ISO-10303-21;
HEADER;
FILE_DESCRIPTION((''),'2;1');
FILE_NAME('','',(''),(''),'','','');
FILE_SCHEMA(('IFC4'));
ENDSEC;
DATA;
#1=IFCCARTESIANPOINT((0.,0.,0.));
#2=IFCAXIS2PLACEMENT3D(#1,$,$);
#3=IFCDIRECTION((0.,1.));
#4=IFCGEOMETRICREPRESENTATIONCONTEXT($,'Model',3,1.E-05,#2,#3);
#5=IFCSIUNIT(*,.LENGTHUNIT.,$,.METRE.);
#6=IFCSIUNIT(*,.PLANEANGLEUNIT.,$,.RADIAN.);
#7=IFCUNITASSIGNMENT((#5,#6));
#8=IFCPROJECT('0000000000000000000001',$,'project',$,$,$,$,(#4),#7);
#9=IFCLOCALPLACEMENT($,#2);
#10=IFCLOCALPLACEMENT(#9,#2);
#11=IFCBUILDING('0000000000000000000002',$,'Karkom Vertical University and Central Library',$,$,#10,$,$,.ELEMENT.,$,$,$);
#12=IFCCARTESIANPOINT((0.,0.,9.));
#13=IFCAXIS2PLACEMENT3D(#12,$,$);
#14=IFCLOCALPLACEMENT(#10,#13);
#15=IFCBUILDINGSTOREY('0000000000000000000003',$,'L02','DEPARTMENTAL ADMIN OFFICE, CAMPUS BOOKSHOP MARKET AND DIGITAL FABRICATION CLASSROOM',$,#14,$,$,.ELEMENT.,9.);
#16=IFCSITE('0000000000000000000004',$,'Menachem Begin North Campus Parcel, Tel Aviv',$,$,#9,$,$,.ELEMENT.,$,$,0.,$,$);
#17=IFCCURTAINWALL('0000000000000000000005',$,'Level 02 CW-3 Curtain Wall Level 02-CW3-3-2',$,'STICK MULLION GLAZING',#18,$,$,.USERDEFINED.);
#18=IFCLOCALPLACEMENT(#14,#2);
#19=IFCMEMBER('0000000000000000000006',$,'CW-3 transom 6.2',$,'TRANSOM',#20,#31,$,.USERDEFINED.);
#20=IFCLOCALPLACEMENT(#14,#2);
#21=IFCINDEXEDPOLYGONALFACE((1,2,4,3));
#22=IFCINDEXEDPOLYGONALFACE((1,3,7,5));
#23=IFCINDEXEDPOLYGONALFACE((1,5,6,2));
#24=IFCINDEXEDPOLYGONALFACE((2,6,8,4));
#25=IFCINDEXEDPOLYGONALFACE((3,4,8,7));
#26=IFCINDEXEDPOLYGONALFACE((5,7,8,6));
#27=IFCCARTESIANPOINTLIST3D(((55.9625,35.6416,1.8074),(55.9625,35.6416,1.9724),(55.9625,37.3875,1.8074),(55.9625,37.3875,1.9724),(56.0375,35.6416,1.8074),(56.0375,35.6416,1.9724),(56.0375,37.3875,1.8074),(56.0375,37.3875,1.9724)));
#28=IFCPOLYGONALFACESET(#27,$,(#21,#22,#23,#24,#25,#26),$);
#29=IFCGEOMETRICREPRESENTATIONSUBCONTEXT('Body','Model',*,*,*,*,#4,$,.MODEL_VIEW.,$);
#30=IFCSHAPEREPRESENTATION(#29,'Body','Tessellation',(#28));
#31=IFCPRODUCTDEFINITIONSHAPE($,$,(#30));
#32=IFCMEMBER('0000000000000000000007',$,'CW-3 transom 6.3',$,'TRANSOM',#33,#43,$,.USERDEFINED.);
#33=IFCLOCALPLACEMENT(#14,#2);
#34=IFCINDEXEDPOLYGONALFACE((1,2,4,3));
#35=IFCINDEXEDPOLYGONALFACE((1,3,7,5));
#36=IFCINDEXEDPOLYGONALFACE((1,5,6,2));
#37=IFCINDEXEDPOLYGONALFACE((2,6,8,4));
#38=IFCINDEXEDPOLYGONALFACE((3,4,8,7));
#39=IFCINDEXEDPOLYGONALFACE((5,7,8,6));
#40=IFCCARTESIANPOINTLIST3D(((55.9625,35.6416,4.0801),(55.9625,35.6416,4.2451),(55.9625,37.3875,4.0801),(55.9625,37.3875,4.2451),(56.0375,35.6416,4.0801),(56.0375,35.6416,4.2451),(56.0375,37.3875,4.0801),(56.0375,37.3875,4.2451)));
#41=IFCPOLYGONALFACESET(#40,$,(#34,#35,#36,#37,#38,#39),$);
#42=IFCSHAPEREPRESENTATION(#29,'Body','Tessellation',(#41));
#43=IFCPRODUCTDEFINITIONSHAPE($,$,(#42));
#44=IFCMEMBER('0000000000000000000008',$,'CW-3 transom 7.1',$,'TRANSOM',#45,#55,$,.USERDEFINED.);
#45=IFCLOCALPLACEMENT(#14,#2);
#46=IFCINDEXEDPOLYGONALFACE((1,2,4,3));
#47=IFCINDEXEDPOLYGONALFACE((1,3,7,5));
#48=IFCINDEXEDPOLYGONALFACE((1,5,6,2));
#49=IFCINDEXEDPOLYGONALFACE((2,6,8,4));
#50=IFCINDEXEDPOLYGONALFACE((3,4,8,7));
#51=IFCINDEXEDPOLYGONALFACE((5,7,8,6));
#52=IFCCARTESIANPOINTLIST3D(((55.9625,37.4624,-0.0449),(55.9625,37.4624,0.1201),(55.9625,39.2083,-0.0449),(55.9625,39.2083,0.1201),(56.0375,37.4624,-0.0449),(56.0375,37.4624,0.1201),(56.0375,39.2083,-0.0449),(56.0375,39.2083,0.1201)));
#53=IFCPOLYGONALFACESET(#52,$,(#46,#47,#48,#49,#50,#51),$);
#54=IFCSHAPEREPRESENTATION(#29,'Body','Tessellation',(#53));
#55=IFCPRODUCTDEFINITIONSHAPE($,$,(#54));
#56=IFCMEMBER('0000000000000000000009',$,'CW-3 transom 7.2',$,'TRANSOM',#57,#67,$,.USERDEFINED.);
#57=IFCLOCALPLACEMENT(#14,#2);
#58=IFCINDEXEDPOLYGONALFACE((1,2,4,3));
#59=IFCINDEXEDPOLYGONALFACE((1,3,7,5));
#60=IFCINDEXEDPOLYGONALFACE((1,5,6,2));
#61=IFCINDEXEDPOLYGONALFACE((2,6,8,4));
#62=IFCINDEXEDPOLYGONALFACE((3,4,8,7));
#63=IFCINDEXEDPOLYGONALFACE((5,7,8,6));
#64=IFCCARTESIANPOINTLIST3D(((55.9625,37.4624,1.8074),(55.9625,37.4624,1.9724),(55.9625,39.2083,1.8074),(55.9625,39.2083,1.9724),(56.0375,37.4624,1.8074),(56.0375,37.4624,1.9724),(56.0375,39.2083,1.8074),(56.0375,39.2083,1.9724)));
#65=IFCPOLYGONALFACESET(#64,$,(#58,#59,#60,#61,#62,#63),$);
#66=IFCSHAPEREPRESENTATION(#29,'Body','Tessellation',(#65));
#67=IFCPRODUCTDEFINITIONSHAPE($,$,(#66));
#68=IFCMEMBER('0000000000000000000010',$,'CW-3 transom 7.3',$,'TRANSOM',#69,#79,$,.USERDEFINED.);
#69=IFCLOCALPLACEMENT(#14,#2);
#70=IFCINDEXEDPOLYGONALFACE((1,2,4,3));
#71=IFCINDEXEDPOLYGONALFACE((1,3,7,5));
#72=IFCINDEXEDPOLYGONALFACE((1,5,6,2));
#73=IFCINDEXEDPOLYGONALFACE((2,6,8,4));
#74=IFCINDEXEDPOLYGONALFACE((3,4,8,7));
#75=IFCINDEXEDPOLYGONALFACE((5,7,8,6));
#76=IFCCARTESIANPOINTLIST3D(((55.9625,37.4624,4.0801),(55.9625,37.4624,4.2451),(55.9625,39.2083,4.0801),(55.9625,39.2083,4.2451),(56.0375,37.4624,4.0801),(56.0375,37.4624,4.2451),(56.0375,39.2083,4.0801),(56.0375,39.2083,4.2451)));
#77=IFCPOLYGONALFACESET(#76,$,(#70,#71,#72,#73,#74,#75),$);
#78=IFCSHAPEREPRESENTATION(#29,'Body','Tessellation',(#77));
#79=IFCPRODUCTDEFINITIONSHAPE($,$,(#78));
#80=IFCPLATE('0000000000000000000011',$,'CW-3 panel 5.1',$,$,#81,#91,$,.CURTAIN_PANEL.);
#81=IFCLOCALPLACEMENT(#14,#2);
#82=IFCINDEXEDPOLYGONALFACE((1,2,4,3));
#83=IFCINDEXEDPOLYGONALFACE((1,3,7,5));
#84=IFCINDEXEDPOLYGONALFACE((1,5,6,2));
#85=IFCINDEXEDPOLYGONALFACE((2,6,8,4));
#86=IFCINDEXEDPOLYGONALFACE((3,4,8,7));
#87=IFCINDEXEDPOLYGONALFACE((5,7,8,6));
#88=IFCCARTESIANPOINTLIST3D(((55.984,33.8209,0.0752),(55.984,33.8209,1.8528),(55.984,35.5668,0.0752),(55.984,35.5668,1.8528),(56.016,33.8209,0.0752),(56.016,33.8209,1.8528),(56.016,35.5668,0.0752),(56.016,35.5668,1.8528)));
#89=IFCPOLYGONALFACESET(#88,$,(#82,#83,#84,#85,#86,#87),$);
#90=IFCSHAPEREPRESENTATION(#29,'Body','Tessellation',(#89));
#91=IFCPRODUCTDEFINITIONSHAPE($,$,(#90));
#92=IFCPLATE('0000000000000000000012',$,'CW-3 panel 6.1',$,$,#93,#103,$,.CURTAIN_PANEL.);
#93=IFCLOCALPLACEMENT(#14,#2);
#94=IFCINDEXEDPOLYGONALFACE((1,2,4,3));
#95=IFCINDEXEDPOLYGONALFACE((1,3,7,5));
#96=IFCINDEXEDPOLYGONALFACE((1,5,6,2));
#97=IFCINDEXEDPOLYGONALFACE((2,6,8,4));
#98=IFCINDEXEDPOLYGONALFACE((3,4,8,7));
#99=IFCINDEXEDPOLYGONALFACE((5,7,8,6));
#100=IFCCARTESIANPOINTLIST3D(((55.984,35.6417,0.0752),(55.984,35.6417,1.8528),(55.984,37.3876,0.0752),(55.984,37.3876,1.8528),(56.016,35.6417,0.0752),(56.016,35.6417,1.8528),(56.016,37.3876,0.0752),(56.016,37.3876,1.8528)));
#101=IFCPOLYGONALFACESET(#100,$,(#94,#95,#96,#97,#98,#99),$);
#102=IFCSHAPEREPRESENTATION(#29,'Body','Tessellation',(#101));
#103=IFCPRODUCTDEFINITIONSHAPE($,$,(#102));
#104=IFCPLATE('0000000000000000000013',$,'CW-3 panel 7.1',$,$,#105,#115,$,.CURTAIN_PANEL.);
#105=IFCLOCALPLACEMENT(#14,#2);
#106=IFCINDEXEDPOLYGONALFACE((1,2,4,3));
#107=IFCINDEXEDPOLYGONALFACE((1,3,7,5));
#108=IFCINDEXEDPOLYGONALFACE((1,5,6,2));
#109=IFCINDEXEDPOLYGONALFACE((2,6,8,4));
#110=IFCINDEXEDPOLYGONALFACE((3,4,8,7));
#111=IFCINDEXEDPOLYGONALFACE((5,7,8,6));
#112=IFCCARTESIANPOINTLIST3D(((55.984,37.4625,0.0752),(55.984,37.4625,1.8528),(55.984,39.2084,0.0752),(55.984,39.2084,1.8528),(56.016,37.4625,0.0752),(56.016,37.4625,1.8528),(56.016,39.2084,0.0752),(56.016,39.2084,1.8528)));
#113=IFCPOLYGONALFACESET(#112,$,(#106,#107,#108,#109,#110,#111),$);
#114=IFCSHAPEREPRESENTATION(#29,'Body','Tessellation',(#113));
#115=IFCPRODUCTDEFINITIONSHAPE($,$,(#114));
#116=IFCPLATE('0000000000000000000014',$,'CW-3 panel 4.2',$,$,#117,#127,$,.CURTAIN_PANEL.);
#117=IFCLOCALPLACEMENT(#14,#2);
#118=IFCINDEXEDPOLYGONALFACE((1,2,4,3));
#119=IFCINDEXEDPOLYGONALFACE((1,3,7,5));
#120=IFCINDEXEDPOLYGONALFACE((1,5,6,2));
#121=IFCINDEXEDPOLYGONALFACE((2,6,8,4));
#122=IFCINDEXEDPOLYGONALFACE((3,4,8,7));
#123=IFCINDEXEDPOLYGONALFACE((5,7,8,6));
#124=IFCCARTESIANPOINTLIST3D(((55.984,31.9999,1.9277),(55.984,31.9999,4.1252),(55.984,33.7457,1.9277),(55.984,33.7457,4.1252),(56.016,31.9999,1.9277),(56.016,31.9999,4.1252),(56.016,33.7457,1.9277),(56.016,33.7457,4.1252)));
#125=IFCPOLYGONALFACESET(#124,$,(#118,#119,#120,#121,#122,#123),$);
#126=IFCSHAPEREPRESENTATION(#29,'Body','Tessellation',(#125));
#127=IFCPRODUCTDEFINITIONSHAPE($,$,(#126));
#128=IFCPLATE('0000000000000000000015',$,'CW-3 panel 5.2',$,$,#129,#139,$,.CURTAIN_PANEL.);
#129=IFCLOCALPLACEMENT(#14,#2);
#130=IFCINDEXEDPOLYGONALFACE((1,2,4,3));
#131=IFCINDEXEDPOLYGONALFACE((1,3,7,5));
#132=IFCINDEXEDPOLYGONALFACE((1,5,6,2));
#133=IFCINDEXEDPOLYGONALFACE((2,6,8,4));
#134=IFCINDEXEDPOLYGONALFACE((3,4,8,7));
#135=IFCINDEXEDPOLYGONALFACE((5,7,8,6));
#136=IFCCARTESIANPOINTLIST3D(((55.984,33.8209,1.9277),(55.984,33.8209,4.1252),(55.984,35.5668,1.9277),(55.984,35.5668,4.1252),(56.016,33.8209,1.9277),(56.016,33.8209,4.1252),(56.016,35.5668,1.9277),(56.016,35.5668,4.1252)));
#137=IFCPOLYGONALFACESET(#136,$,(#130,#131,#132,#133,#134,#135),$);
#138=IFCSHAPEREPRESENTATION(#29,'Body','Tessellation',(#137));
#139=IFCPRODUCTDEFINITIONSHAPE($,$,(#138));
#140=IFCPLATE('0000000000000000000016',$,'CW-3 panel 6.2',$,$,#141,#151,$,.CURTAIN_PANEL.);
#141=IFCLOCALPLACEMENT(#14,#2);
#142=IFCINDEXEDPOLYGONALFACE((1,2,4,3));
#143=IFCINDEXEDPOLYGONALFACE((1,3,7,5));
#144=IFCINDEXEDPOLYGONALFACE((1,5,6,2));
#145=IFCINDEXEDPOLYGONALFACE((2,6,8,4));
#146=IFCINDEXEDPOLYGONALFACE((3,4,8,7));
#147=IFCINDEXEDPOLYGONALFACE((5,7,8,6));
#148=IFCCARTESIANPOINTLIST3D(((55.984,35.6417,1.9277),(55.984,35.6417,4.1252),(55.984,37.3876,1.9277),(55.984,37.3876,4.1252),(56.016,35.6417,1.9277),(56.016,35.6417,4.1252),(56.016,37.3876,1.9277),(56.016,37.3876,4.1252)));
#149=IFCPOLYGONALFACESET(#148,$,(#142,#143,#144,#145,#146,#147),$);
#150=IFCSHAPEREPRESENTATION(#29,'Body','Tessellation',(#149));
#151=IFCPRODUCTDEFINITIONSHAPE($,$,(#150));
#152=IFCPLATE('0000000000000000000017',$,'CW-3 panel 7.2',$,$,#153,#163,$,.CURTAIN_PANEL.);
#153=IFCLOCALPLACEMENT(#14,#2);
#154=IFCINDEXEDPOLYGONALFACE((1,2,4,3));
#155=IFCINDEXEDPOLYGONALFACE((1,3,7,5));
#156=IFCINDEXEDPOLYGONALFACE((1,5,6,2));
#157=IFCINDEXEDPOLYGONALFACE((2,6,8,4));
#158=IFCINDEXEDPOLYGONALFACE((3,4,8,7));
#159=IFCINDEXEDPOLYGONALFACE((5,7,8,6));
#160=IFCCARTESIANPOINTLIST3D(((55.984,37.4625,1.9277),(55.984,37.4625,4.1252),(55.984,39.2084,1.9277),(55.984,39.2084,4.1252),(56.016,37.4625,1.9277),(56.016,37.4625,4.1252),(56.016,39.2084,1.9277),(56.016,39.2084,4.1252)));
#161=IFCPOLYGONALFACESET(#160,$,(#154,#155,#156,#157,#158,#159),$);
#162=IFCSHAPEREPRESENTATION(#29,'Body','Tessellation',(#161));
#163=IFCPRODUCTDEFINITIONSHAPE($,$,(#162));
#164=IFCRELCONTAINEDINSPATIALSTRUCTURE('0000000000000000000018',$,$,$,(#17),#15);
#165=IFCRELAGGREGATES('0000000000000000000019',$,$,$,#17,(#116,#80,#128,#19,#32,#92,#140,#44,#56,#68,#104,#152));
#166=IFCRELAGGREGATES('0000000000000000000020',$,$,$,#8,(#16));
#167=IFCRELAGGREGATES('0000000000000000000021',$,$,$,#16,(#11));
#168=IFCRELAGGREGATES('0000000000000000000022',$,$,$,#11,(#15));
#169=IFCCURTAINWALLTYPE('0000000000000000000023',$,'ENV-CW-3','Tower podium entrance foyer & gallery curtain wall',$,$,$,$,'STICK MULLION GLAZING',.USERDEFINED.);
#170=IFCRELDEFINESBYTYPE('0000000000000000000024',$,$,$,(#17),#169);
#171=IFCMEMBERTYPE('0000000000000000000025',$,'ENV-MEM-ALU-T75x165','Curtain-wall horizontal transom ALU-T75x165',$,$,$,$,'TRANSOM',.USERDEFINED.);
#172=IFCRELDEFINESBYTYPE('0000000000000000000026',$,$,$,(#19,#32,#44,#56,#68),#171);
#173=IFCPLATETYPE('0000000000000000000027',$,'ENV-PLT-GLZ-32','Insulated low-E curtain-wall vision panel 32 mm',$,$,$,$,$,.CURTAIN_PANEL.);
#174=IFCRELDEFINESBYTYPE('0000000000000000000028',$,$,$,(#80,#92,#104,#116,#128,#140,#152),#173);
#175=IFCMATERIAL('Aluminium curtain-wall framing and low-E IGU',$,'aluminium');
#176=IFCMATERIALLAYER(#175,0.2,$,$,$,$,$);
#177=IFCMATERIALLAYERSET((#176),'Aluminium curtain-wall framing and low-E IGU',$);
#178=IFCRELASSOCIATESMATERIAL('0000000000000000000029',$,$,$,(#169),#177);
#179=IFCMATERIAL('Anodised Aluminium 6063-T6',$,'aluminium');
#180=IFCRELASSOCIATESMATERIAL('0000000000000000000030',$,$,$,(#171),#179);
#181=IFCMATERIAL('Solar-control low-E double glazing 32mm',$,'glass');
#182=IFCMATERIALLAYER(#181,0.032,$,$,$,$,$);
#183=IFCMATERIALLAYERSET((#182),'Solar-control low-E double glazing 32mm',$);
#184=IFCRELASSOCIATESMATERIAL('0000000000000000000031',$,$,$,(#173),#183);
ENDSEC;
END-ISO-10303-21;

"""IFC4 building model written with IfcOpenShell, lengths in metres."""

from ifc_helpers import new_model, si_unit, direction, frame, origin, origin_with_axes, origin_2d, place, context, subcontext, project, spatial, rectangle, extrude, source, transform, mapped, material, layer, layer_set, material_profile, profile_set, type_object, element, aggregate, save


model = new_model("IFC4")

# Units and contexts
model_context = context("Model", 3, precision=1e-05, world=origin(), true_north=direction((0.0, 1.0)))
body_context = subcontext(model_context, "Body", "Model", "MODEL_VIEW")
ifc_project = project(units=[si_unit("LENGTHUNIT", "METRE"), si_unit("PLANEANGLEUNIT", "RADIAN")], contexts=[model_context])

# Site, building, storey
site_placement = place(None, origin())
site = spatial("IfcSite", under=ifc_project, at=site_placement, Name="Menachem Begin North Campus Parcel, Tel Aviv", CompositionType="ELEMENT", RefElevation=0.0)
building_placement = place(site_placement, origin())
building = spatial("IfcBuilding", under=site, at=building_placement, Name="Karkom Vertical University and Central Library", CompositionType="ELEMENT")
storey_placement = place(building_placement, frame((0.0, 0.0, 9.0)))
storey = spatial("IfcBuildingStorey", under=building, at=storey_placement, Name="L02", Description="DEPARTMENTAL ADMIN OFFICE, CAMPUS BOOKSHOP MARKET AND DIGITAL FABRICATION CLASSROOM", CompositionType="ELEMENT", Elevation=9.0)

# Curtain wall
ifc_material_1 = material(Name="Aluminium curtain-wall framing and low-E IGU", Category="aluminium")
ifc_layer_1 = layer(ifc_material_1, 0.2)
ifc_layer_set_1 = layer_set([ifc_layer_1], Name="Aluminium curtain-wall framing and low-E IGU")
curtain_wall_type_1 = type_object("IfcCurtainWallType", Name="ENV-CW-3", Description="Tower podium entrance foyer & gallery curtain wall", ElementType="STICK MULLION GLAZING", PredefinedType="USERDEFINED", material=ifc_layer_set_1)
curtain_wall_1_placement = place(storey_placement, origin())
curtain_wall_1 = element("IfcCurtainWall", 1, at=curtain_wall_1_placement, inside=storey, type_object=curtain_wall_type_1, Name="Level 02 CW-3 Curtain Wall Level 02-CW3-3-2", ObjectType="STICK MULLION GLAZING", PredefinedType="USERDEFINED")
ifc_material_2 = material(Name="Anodised Aluminium 6063-T6", Category="aluminium")

# Members
ifc_material_profile_1 = material_profile(ifc_material_2, rectangle(XDim=0.075, YDim=0.165, at=origin_2d()), Name="ALU-T75x165")
ifc_profile_set_1 = profile_set([ifc_material_profile_1], Name="Anodised Aluminium 6063-T6")
member_type_1 = type_object("IfcMemberType", Name="ENV-MEM-ALU-T75x165", Description="Curtain-wall horizontal transom ALU-T75x165", ElementType="TRANSOM", PredefinedType="USERDEFINED", material=ifc_profile_set_1)
shared_shape_1 = source(origin_with_axes(), body_context, "Body", "SweptSolid", [
    extrude(rectangle(XDim=0.075, YDim=0.165, at=origin_2d()), origin(), (0.0, 0.0, 1.0), 1.7458),
])
member_1_placement = place(storey_placement, frame((56.0, 35.6416, 1.8899), z_axis=(0.0, 1.0, 0.0), x_axis=(-1.0, 0.0, 0.0)))
member_1 = element("IfcMember", 2, at=member_1_placement, type_object=member_type_1, Name="CW-3 transom 6.2", ObjectType="TRANSOM", PredefinedType="USERDEFINED", context=body_context, shape_type="MappedRepresentation", body=[
    mapped(shared_shape_1, transform((0.0, 0.0, 0.0), scale=1.0)),
])
member_2_placement = place(storey_placement, frame((56.0, 35.6416, 4.1626), z_axis=(0.0, 1.0, 0.0), x_axis=(-1.0, 0.0, 0.0)))
member_2 = element("IfcMember", 3, at=member_2_placement, type_object=member_type_1, Name="CW-3 transom 6.3", ObjectType="TRANSOM", PredefinedType="USERDEFINED", context=body_context, shape_type="MappedRepresentation", body=[
    mapped(shared_shape_1, transform((0.0, 0.0, 0.0), scale=1.0)),
])
member_3_placement = place(storey_placement, frame((56.0, 37.4624, 0.0376), z_axis=(0.0, 1.0, 0.0), x_axis=(-1.0, 0.0, 0.0)))
member_3 = element("IfcMember", 4, at=member_3_placement, type_object=member_type_1, Name="CW-3 transom 7.1", ObjectType="TRANSOM", PredefinedType="USERDEFINED", context=body_context, shape_type="MappedRepresentation", body=[
    mapped(shared_shape_1, transform((0.0, 0.0, 0.0), scale=1.0)),
])
member_4_placement = place(storey_placement, frame((56.0, 37.4624, 1.8899), z_axis=(0.0, 1.0, 0.0), x_axis=(-1.0, 0.0, 0.0)))
member_4 = element("IfcMember", 5, at=member_4_placement, type_object=member_type_1, Name="CW-3 transom 7.2", ObjectType="TRANSOM", PredefinedType="USERDEFINED", context=body_context, shape_type="MappedRepresentation", body=[
    mapped(shared_shape_1, transform((0.0, 0.0, 0.0), scale=1.0)),
])
member_5_placement = place(storey_placement, frame((56.0, 37.4624, 4.1626), z_axis=(0.0, 1.0, 0.0), x_axis=(-1.0, 0.0, 0.0)))
member_5 = element("IfcMember", 6, at=member_5_placement, type_object=member_type_1, Name="CW-3 transom 7.3", ObjectType="TRANSOM", PredefinedType="USERDEFINED", context=body_context, shape_type="MappedRepresentation", body=[
    mapped(shared_shape_1, transform((0.0, 0.0, 0.0), scale=1.0)),
])

# Plates
ifc_material_3 = material(Name="Solar-control low-E double glazing 32mm", Category="glass")
ifc_layer_2 = layer(ifc_material_3, 0.032)
ifc_layer_set_2 = layer_set([ifc_layer_2], Name="Solar-control low-E double glazing 32mm")
plate_type = type_object("IfcPlateType", Name="ENV-PLT-GLZ-32", Description="Insulated low-E curtain-wall vision panel 32 mm", PredefinedType="CURTAIN_PANEL", material=ifc_layer_set_2)
shared_shape_2 = source(origin_with_axes(), body_context, "Body", "SweptSolid", [
    extrude(rectangle(XDim=1.7458, YDim=0.032, at=origin_2d()), origin(), (0.0, 0.0, 1.0), 1.7776),
])
plate_1_placement = place(storey_placement, frame((56.0, 34.6938, 0.0752), z_axis=(0.0, 0.0, 1.0), x_axis=(0.0, 1.0, 0.0)))
plate_1 = element("IfcPlate", 7, at=plate_1_placement, type_object=plate_type, Name="CW-3 panel 5.1", PredefinedType="CURTAIN_PANEL", context=body_context, shape_type="MappedRepresentation", body=[
    mapped(shared_shape_2, transform((0.0, 0.0, 0.0), scale=1.0)),
])
plate_2_placement = place(storey_placement, frame((56.0, 36.5146, 0.0752), z_axis=(0.0, 0.0, 1.0), x_axis=(0.0, 1.0, 0.0)))
plate_2 = element("IfcPlate", 8, at=plate_2_placement, type_object=plate_type, Name="CW-3 panel 6.1", PredefinedType="CURTAIN_PANEL", context=body_context, shape_type="MappedRepresentation", body=[
    mapped(shared_shape_2, transform((0.0, 0.0, 0.0), scale=1.0)),
])
plate_3_placement = place(storey_placement, frame((56.0, 38.3354, 0.0752), z_axis=(0.0, 0.0, 1.0), x_axis=(0.0, 1.0, 0.0)))
plate_3 = element("IfcPlate", 9, at=plate_3_placement, type_object=plate_type, Name="CW-3 panel 7.1", PredefinedType="CURTAIN_PANEL", context=body_context, shape_type="MappedRepresentation", body=[
    mapped(shared_shape_2, transform((0.0, 0.0, 0.0), scale=1.0)),
])
shared_shape_3 = source(origin_with_axes(), body_context, "Body", "SweptSolid", [
    extrude(rectangle(XDim=1.7458, YDim=0.032, at=origin_2d()), origin(), (0.0, 0.0, 1.0), 2.1975),
])
plate_4_placement = place(storey_placement, frame((56.0, 32.8728, 1.9277), z_axis=(0.0, 0.0, 1.0), x_axis=(0.0, 1.0, 0.0)))
plate_4 = element("IfcPlate", 10, at=plate_4_placement, type_object=plate_type, Name="CW-3 panel 4.2", PredefinedType="CURTAIN_PANEL", context=body_context, shape_type="MappedRepresentation", body=[
    mapped(shared_shape_3, transform((0.0, 0.0, 0.0), scale=1.0)),
])
plate_5_placement = place(storey_placement, frame((56.0, 34.6938, 1.9277), z_axis=(0.0, 0.0, 1.0), x_axis=(0.0, 1.0, 0.0)))
plate_5 = element("IfcPlate", 11, at=plate_5_placement, type_object=plate_type, Name="CW-3 panel 5.2", PredefinedType="CURTAIN_PANEL", context=body_context, shape_type="MappedRepresentation", body=[
    mapped(shared_shape_3, transform((0.0, 0.0, 0.0), scale=1.0)),
])
plate_6_placement = place(storey_placement, frame((56.0, 36.5146, 1.9277), z_axis=(0.0, 0.0, 1.0), x_axis=(0.0, 1.0, 0.0)))
plate_6 = element("IfcPlate", 12, at=plate_6_placement, type_object=plate_type, Name="CW-3 panel 6.2", PredefinedType="CURTAIN_PANEL", context=body_context, shape_type="MappedRepresentation", body=[
    mapped(shared_shape_3, transform((0.0, 0.0, 0.0), scale=1.0)),
])
plate_7_placement = place(storey_placement, frame((56.0, 38.3354, 1.9277), z_axis=(0.0, 0.0, 1.0), x_axis=(0.0, 1.0, 0.0)))
plate_7 = element("IfcPlate", 13, at=plate_7_placement, type_object=plate_type, Name="CW-3 panel 7.2", PredefinedType="CURTAIN_PANEL", context=body_context, shape_type="MappedRepresentation", body=[
    mapped(shared_shape_3, transform((0.0, 0.0, 0.0), scale=1.0)),
])
aggregate(curtain_wall_1, [plate_4, plate_1, plate_5, member_1, member_2, plate_2, plate_6, member_3, member_4, member_5, plate_3, plate_7])

save(model, "model.ifc")
